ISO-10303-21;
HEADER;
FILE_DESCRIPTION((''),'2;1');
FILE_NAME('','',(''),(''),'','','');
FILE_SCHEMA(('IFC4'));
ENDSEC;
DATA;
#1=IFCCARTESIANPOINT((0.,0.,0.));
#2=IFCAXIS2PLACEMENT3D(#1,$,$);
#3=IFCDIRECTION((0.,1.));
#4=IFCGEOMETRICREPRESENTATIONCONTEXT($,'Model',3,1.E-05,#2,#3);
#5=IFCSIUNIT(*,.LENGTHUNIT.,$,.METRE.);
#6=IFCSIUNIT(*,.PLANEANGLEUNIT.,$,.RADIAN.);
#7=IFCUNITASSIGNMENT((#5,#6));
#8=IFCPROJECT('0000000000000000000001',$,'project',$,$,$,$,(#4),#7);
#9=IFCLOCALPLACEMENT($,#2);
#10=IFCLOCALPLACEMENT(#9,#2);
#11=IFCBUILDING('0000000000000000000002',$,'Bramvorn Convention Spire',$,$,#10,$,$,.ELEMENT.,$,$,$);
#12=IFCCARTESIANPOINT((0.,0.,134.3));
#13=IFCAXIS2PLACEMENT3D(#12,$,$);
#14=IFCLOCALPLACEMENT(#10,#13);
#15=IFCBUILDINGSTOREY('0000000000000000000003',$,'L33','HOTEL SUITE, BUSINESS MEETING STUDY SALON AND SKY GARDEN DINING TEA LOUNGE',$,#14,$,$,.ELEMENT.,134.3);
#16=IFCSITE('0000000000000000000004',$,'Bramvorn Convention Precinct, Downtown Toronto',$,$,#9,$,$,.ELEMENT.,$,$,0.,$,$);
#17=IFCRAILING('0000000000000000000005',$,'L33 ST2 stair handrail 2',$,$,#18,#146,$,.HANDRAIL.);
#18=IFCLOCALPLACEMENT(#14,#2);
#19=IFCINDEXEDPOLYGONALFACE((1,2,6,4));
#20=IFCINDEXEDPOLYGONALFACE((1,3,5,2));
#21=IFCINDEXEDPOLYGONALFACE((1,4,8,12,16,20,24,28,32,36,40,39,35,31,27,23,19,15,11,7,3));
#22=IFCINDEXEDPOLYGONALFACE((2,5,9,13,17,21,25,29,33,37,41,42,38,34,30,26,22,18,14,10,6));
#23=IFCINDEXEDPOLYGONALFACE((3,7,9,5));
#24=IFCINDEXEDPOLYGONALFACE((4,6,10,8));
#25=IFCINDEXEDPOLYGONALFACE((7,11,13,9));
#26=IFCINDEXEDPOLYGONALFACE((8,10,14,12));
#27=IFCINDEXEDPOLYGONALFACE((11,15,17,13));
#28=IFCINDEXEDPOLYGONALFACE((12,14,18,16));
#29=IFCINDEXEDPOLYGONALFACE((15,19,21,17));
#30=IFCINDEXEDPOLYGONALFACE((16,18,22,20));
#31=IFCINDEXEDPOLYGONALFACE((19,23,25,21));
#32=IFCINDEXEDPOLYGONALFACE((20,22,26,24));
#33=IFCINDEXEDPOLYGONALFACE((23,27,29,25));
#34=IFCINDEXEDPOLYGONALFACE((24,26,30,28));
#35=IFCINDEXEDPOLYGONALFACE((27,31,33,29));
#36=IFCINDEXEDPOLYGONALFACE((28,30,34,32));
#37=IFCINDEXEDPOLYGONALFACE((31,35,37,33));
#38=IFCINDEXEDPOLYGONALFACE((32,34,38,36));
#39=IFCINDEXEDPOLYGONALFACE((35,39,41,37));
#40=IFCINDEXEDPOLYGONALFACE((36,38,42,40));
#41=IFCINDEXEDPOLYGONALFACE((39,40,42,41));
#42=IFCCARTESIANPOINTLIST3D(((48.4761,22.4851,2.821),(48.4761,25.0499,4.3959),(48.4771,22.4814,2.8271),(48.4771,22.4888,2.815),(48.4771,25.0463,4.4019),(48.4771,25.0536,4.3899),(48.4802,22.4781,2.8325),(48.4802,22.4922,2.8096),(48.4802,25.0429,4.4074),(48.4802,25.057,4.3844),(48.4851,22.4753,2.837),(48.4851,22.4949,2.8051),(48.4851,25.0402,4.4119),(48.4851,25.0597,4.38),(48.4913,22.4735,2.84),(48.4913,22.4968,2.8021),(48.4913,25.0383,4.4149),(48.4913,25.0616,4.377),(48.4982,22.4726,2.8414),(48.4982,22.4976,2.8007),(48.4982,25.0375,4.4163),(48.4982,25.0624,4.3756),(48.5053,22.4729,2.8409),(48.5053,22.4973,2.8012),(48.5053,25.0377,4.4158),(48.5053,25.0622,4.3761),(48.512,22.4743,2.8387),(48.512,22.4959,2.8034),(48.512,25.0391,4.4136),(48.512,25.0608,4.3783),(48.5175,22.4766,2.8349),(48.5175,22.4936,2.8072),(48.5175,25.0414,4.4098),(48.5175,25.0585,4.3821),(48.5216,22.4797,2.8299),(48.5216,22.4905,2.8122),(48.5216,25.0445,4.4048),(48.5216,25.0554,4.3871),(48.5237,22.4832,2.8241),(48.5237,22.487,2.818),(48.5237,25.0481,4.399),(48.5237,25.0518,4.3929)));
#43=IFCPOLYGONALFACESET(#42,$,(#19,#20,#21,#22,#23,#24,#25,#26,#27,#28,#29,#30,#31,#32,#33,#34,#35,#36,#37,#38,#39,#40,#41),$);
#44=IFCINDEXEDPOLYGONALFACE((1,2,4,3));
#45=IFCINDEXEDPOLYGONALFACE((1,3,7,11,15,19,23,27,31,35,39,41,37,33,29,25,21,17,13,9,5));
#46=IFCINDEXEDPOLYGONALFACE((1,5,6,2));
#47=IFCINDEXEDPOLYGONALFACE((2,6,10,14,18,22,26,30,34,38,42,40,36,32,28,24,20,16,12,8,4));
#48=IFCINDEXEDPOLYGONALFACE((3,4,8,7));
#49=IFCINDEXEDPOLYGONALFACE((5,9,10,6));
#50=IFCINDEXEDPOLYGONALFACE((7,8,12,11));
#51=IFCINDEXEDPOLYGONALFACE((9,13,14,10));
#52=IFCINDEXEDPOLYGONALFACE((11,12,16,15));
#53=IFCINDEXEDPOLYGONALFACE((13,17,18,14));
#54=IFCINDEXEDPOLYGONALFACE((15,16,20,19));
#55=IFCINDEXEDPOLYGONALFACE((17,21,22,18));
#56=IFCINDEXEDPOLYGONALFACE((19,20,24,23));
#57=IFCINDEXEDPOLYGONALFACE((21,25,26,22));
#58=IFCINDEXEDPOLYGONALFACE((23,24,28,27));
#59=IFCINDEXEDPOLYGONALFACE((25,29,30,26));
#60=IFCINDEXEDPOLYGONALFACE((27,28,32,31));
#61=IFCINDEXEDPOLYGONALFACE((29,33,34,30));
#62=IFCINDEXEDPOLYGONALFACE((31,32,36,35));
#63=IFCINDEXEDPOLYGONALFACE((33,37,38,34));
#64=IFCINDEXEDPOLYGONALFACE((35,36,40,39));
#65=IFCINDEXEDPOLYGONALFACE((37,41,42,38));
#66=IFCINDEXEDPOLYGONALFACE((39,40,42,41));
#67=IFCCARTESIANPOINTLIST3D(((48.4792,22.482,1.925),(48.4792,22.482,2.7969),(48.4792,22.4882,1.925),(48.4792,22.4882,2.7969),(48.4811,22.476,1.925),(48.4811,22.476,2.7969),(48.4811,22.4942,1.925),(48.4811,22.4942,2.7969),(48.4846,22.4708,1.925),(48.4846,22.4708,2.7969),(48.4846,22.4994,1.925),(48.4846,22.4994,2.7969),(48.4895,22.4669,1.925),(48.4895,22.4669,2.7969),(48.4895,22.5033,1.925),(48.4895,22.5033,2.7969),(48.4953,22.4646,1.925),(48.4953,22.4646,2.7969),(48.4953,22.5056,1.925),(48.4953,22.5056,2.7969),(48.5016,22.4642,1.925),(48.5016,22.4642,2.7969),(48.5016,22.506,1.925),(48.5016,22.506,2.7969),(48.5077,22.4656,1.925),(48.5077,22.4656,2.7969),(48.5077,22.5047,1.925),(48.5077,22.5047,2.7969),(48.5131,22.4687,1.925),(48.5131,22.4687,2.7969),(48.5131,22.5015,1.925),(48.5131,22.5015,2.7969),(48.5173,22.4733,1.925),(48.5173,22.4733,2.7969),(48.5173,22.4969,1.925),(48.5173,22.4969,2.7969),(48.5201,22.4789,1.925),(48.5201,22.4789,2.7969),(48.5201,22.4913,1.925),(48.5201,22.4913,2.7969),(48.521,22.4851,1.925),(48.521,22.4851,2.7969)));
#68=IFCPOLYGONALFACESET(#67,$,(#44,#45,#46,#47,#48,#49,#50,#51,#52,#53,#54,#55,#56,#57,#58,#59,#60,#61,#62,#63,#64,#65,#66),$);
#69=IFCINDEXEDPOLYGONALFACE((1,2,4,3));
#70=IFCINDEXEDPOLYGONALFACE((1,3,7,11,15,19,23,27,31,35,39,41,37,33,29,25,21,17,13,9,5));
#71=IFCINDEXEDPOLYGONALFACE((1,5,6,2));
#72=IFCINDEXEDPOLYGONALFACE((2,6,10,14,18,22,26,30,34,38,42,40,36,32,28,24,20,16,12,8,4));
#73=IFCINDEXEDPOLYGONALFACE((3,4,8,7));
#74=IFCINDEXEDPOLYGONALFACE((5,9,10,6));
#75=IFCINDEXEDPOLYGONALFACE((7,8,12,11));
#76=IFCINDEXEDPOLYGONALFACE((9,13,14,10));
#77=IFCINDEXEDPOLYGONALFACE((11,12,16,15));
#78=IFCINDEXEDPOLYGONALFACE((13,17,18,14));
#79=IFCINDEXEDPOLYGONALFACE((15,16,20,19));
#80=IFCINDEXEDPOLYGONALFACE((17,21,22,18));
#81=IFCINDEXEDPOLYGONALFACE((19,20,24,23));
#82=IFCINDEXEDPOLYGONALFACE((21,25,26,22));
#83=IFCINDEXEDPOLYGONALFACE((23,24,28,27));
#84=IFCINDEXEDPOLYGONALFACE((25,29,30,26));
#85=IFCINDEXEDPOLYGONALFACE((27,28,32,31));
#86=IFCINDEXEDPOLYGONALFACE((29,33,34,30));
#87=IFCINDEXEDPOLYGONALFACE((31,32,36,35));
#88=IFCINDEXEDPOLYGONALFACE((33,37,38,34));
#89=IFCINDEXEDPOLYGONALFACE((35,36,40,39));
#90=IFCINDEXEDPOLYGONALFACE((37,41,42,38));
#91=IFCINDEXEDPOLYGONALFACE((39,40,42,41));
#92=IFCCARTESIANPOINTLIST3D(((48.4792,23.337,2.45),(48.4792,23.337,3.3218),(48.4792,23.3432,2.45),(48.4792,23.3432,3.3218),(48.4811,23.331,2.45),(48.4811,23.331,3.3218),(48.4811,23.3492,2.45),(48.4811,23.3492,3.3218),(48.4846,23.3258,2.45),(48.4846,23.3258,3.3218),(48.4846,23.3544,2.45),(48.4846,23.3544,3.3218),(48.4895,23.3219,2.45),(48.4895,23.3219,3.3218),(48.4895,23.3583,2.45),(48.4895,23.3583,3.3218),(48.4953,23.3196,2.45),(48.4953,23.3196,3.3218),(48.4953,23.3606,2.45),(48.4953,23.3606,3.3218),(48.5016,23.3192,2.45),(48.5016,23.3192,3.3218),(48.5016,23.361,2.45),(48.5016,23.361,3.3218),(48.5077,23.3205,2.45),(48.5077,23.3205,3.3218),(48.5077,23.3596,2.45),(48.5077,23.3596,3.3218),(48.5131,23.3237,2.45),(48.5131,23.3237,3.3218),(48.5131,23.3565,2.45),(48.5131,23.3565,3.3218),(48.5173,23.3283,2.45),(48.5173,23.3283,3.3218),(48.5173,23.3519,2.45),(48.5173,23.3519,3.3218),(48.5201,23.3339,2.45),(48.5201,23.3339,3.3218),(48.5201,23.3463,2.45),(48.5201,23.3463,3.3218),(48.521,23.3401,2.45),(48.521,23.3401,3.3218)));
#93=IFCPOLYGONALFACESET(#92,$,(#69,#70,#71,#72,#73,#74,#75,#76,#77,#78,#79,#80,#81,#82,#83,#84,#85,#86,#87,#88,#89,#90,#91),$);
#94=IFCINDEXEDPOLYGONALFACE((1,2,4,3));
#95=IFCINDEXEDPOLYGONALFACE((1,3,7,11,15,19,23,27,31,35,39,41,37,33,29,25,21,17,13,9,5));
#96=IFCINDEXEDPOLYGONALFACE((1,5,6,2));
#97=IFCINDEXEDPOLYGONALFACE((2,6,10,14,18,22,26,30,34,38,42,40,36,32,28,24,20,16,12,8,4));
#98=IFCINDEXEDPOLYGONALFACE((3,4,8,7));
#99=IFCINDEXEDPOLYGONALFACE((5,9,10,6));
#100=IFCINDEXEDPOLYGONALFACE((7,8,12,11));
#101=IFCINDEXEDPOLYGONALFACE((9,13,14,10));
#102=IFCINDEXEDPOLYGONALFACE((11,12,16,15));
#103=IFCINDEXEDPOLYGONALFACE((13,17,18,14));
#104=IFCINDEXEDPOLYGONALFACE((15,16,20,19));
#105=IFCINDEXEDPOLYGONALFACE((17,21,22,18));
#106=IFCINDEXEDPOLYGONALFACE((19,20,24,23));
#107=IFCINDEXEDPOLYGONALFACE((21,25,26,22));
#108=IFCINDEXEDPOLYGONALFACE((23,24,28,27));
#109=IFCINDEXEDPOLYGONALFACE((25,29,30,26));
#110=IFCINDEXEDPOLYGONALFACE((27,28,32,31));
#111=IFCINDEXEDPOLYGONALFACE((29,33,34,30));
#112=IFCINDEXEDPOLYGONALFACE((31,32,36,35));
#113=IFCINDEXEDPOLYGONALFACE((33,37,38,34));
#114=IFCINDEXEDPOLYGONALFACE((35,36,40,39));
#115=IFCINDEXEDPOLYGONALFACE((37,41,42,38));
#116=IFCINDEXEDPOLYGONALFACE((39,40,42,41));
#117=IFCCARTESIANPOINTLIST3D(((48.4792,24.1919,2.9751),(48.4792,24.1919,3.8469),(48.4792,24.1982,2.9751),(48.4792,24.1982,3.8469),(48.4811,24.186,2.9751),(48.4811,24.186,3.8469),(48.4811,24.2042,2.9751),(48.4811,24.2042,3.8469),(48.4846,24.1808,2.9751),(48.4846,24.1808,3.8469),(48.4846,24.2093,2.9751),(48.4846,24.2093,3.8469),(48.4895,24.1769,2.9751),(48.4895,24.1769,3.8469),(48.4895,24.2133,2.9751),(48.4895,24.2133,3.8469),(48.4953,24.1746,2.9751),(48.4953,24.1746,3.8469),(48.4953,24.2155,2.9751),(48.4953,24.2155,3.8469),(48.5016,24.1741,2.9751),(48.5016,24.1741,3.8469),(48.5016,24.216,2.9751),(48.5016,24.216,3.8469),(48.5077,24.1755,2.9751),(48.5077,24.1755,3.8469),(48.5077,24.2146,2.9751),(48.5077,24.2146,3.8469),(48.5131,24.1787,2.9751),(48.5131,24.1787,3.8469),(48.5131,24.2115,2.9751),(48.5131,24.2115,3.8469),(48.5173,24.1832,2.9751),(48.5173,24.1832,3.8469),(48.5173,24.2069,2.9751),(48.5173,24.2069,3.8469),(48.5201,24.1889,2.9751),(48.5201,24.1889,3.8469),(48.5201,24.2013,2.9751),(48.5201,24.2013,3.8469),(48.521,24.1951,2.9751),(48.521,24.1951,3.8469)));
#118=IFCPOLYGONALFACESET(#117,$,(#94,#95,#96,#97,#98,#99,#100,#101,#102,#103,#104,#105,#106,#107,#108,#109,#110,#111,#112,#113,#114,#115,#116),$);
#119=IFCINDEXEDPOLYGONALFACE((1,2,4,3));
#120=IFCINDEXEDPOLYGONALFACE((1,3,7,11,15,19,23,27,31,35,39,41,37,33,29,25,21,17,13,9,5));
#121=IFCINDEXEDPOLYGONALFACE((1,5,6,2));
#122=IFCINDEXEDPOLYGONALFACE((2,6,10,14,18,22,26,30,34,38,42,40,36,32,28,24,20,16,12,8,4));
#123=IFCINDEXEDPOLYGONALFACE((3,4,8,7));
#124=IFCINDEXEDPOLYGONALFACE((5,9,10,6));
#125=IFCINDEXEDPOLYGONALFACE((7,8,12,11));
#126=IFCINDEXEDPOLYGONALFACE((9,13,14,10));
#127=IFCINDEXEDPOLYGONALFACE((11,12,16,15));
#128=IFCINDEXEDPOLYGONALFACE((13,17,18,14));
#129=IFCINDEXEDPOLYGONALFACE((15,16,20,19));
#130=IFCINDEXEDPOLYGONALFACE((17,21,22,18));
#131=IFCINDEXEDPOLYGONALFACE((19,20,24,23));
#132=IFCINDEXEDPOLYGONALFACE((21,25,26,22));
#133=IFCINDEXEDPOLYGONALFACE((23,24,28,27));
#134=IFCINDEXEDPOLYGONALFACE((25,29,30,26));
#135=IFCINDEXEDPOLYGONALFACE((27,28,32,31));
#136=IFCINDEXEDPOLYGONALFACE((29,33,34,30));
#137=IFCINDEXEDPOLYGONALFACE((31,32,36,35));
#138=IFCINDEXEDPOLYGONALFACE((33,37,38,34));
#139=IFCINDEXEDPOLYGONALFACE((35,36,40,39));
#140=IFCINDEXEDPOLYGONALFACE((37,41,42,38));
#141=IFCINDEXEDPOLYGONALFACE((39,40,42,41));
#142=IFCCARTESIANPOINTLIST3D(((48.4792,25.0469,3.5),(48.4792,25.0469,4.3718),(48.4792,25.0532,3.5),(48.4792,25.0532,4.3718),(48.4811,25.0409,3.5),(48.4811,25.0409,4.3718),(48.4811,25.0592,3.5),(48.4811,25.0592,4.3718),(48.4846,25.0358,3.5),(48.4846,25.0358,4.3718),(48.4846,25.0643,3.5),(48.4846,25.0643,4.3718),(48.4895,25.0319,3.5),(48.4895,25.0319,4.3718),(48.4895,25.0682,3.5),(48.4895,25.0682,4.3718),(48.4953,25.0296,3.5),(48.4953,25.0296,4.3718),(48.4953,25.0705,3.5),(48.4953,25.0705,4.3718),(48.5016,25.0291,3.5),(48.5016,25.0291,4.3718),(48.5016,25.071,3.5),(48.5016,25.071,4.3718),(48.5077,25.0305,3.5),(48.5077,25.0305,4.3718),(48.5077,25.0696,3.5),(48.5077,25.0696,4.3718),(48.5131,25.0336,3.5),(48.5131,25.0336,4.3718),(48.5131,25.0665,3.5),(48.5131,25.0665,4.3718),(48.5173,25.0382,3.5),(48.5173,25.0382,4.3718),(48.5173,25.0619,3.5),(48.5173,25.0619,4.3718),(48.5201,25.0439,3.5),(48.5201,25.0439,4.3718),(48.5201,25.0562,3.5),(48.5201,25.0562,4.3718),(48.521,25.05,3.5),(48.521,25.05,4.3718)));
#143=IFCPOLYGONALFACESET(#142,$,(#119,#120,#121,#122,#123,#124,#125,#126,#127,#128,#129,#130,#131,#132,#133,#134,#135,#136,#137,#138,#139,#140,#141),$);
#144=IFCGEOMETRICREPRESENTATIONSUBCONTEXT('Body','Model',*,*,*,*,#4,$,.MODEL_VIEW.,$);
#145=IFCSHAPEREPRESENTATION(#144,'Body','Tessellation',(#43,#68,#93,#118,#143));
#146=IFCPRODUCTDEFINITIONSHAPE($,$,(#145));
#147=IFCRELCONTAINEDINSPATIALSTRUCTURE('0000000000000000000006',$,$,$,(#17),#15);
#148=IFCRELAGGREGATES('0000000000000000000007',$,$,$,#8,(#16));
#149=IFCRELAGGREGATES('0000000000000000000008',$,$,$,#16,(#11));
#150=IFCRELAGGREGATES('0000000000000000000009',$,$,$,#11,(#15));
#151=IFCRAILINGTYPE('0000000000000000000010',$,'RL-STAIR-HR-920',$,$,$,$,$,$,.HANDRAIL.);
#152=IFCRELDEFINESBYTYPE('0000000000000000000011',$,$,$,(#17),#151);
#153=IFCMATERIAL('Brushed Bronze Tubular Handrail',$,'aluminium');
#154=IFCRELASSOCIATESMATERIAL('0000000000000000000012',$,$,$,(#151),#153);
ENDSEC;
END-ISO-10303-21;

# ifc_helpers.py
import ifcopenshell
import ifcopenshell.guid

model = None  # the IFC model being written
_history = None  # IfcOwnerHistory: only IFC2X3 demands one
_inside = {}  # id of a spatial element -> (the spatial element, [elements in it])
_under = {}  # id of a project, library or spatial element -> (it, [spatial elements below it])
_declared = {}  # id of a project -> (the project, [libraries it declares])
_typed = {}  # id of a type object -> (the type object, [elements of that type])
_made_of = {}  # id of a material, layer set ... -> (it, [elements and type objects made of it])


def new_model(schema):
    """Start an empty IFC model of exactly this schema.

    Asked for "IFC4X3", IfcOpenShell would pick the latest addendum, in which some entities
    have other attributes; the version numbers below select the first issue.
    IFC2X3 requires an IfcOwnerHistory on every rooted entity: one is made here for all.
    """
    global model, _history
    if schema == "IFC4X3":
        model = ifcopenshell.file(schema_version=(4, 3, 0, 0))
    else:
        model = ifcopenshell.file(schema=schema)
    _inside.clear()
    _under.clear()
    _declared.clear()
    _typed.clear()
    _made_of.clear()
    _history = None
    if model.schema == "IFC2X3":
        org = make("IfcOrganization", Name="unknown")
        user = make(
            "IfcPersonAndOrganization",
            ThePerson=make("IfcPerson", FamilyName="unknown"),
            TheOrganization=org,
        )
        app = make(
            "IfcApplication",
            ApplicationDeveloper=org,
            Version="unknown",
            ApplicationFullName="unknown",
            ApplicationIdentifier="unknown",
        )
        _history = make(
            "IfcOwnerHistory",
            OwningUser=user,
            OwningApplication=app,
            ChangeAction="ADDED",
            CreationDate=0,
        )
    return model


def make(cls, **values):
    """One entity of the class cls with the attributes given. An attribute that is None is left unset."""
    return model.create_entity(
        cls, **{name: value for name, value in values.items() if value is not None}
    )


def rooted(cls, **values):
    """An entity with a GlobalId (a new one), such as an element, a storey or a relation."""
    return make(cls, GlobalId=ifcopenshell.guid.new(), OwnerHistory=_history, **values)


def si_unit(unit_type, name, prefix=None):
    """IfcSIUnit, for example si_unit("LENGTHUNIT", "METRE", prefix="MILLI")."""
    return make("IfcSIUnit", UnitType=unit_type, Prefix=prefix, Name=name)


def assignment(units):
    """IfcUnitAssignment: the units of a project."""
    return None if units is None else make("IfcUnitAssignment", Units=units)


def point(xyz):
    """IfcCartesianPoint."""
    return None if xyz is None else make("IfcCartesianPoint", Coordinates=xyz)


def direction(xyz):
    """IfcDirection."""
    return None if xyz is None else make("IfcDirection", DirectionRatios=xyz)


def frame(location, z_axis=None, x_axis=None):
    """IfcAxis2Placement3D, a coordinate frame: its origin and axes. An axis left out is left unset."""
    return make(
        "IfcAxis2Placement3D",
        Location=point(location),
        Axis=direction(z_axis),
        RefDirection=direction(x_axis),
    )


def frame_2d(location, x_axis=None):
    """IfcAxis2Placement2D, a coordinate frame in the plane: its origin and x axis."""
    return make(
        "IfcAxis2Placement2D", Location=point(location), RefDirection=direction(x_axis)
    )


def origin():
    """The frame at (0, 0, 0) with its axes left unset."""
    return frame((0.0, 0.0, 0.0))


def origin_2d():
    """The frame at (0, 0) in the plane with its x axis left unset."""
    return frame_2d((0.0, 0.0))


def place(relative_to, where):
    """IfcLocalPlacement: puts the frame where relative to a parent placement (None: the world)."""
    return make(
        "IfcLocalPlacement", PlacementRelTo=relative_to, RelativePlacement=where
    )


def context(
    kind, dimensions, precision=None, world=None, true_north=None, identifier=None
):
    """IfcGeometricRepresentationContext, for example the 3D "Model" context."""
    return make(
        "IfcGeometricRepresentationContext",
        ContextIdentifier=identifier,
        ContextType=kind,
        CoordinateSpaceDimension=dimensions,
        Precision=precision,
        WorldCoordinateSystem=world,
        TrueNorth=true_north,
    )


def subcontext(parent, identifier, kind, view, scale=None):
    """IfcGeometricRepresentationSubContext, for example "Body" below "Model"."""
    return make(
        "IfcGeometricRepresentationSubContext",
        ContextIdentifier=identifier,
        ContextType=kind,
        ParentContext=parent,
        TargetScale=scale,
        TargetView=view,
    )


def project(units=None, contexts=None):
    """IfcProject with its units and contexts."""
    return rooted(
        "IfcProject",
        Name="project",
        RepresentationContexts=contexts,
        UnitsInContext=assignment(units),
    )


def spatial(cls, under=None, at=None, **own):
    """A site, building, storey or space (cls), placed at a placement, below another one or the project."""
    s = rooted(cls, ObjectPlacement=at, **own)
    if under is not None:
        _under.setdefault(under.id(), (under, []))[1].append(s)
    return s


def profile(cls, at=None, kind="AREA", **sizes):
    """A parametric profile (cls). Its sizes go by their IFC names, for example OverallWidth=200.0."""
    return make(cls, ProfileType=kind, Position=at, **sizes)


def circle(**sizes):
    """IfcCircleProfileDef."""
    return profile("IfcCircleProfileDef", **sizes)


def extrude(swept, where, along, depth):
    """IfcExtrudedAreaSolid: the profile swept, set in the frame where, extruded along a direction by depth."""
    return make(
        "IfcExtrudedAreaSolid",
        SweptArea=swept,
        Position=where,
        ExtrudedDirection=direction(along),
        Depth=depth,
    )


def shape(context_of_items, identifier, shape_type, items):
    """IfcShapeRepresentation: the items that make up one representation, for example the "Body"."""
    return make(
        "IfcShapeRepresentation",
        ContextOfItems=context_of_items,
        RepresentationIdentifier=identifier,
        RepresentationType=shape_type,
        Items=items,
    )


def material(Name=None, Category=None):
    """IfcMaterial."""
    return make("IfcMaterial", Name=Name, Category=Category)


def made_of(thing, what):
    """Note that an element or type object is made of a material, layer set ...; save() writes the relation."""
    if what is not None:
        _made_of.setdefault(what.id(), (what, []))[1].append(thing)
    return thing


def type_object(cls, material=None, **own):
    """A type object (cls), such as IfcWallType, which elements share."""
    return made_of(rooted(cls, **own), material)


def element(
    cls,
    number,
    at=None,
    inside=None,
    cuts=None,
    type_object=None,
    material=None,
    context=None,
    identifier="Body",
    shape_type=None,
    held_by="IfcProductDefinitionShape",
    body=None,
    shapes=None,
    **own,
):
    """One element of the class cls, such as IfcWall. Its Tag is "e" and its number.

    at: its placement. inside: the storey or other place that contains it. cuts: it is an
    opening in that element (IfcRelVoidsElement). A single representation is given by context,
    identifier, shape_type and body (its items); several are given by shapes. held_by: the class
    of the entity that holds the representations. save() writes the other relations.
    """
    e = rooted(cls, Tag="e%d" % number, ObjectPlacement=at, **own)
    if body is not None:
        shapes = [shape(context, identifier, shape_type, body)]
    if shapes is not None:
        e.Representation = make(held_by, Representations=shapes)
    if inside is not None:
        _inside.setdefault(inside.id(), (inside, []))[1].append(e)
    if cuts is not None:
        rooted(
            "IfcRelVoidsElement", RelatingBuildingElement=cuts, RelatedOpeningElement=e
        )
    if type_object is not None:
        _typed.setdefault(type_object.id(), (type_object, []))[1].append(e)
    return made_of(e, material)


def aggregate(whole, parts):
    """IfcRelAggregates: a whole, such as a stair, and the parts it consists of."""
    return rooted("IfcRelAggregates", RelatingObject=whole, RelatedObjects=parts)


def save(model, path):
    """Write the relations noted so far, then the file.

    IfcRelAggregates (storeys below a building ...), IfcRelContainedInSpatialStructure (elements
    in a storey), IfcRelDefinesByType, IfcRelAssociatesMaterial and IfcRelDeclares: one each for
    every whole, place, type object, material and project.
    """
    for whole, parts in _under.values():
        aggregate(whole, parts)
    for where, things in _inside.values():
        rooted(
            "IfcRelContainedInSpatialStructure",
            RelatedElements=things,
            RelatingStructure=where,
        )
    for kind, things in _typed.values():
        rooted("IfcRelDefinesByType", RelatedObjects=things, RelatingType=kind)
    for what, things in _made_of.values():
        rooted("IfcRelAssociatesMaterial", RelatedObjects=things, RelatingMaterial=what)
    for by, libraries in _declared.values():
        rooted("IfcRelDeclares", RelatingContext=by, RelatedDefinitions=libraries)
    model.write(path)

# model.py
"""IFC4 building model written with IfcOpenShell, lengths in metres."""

from ifc_helpers import new_model, si_unit, direction, frame, origin, origin_2d, place, context, subcontext, project, spatial, circle, extrude, material, type_object, element, save


model = new_model("IFC4")

# Units and contexts
model_context = context("Model", 3, precision=1e-05, world=origin(), true_north=direction((0.0, 1.0)))
body_context = subcontext(model_context, "Body", "Model", "MODEL_VIEW")
ifc_project = project(units=[si_unit("LENGTHUNIT", "METRE"), si_unit("PLANEANGLEUNIT", "RADIAN")], contexts=[model_context])

# Site, building, storey
site_placement = place(None, origin())
site = spatial("IfcSite", under=ifc_project, at=site_placement, Name="Bramvorn Convention Precinct, Downtown Toronto", CompositionType="ELEMENT", RefElevation=0.0)
building_placement = place(site_placement, origin())
building = spatial("IfcBuilding", under=site, at=building_placement, Name="Bramvorn Convention Spire", CompositionType="ELEMENT")
storey_placement = place(building_placement, frame((0.0, 0.0, 134.3)))
storey = spatial("IfcBuildingStorey", under=building, at=storey_placement, Name="L33", Description="HOTEL SUITE, BUSINESS MEETING STUDY SALON AND SKY GARDEN DINING TEA LOUNGE", CompositionType="ELEMENT", Elevation=134.3)

# Railing
ifc_material_1 = material(Name="Brushed Bronze Tubular Handrail", Category="aluminium")
railing_type_1 = type_object("IfcRailingType", Name="RL-STAIR-HR-920", PredefinedType="HANDRAIL", material=ifc_material_1)
railing_1_placement = place(storey_placement, frame((48.5, 22.4851, 1.925)))
element("IfcRailing", 1, at=railing_1_placement, inside=storey, type_object=railing_type_1, Name="L33 ST2 stair handrail 2", PredefinedType="HANDRAIL", context=body_context, shape_type="SweptSolid", body=[
    extrude(circle(Radius=0.0239, at=origin_2d()), frame((0.0, 0.0, 0.896), z_axis=(0.0, 0.852173, 0.52326), x_axis=(-1.0, 0.0, 0.0)), (0.0, 0.0, 1.0), 3.0098),
    extrude(circle(Radius=0.021, at=origin_2d()), origin(), (0.0, 0.0, 1.0), 0.8718),
    extrude(circle(Radius=0.021, at=origin_2d()), frame((0.0, 0.855, 0.5249)), (0.0, 0.0, 1.0), 0.8718),
    extrude(circle(Radius=0.021, at=origin_2d()), frame((0.0, 1.71, 1.05)), (0.0, 0.0, 1.0), 0.8718),
    extrude(circle(Radius=0.021, at=origin_2d()), frame((0.0, 2.5649, 1.575)), (0.0, 0.0, 1.0), 0.8718),
])

save(model, "model.ifc")
